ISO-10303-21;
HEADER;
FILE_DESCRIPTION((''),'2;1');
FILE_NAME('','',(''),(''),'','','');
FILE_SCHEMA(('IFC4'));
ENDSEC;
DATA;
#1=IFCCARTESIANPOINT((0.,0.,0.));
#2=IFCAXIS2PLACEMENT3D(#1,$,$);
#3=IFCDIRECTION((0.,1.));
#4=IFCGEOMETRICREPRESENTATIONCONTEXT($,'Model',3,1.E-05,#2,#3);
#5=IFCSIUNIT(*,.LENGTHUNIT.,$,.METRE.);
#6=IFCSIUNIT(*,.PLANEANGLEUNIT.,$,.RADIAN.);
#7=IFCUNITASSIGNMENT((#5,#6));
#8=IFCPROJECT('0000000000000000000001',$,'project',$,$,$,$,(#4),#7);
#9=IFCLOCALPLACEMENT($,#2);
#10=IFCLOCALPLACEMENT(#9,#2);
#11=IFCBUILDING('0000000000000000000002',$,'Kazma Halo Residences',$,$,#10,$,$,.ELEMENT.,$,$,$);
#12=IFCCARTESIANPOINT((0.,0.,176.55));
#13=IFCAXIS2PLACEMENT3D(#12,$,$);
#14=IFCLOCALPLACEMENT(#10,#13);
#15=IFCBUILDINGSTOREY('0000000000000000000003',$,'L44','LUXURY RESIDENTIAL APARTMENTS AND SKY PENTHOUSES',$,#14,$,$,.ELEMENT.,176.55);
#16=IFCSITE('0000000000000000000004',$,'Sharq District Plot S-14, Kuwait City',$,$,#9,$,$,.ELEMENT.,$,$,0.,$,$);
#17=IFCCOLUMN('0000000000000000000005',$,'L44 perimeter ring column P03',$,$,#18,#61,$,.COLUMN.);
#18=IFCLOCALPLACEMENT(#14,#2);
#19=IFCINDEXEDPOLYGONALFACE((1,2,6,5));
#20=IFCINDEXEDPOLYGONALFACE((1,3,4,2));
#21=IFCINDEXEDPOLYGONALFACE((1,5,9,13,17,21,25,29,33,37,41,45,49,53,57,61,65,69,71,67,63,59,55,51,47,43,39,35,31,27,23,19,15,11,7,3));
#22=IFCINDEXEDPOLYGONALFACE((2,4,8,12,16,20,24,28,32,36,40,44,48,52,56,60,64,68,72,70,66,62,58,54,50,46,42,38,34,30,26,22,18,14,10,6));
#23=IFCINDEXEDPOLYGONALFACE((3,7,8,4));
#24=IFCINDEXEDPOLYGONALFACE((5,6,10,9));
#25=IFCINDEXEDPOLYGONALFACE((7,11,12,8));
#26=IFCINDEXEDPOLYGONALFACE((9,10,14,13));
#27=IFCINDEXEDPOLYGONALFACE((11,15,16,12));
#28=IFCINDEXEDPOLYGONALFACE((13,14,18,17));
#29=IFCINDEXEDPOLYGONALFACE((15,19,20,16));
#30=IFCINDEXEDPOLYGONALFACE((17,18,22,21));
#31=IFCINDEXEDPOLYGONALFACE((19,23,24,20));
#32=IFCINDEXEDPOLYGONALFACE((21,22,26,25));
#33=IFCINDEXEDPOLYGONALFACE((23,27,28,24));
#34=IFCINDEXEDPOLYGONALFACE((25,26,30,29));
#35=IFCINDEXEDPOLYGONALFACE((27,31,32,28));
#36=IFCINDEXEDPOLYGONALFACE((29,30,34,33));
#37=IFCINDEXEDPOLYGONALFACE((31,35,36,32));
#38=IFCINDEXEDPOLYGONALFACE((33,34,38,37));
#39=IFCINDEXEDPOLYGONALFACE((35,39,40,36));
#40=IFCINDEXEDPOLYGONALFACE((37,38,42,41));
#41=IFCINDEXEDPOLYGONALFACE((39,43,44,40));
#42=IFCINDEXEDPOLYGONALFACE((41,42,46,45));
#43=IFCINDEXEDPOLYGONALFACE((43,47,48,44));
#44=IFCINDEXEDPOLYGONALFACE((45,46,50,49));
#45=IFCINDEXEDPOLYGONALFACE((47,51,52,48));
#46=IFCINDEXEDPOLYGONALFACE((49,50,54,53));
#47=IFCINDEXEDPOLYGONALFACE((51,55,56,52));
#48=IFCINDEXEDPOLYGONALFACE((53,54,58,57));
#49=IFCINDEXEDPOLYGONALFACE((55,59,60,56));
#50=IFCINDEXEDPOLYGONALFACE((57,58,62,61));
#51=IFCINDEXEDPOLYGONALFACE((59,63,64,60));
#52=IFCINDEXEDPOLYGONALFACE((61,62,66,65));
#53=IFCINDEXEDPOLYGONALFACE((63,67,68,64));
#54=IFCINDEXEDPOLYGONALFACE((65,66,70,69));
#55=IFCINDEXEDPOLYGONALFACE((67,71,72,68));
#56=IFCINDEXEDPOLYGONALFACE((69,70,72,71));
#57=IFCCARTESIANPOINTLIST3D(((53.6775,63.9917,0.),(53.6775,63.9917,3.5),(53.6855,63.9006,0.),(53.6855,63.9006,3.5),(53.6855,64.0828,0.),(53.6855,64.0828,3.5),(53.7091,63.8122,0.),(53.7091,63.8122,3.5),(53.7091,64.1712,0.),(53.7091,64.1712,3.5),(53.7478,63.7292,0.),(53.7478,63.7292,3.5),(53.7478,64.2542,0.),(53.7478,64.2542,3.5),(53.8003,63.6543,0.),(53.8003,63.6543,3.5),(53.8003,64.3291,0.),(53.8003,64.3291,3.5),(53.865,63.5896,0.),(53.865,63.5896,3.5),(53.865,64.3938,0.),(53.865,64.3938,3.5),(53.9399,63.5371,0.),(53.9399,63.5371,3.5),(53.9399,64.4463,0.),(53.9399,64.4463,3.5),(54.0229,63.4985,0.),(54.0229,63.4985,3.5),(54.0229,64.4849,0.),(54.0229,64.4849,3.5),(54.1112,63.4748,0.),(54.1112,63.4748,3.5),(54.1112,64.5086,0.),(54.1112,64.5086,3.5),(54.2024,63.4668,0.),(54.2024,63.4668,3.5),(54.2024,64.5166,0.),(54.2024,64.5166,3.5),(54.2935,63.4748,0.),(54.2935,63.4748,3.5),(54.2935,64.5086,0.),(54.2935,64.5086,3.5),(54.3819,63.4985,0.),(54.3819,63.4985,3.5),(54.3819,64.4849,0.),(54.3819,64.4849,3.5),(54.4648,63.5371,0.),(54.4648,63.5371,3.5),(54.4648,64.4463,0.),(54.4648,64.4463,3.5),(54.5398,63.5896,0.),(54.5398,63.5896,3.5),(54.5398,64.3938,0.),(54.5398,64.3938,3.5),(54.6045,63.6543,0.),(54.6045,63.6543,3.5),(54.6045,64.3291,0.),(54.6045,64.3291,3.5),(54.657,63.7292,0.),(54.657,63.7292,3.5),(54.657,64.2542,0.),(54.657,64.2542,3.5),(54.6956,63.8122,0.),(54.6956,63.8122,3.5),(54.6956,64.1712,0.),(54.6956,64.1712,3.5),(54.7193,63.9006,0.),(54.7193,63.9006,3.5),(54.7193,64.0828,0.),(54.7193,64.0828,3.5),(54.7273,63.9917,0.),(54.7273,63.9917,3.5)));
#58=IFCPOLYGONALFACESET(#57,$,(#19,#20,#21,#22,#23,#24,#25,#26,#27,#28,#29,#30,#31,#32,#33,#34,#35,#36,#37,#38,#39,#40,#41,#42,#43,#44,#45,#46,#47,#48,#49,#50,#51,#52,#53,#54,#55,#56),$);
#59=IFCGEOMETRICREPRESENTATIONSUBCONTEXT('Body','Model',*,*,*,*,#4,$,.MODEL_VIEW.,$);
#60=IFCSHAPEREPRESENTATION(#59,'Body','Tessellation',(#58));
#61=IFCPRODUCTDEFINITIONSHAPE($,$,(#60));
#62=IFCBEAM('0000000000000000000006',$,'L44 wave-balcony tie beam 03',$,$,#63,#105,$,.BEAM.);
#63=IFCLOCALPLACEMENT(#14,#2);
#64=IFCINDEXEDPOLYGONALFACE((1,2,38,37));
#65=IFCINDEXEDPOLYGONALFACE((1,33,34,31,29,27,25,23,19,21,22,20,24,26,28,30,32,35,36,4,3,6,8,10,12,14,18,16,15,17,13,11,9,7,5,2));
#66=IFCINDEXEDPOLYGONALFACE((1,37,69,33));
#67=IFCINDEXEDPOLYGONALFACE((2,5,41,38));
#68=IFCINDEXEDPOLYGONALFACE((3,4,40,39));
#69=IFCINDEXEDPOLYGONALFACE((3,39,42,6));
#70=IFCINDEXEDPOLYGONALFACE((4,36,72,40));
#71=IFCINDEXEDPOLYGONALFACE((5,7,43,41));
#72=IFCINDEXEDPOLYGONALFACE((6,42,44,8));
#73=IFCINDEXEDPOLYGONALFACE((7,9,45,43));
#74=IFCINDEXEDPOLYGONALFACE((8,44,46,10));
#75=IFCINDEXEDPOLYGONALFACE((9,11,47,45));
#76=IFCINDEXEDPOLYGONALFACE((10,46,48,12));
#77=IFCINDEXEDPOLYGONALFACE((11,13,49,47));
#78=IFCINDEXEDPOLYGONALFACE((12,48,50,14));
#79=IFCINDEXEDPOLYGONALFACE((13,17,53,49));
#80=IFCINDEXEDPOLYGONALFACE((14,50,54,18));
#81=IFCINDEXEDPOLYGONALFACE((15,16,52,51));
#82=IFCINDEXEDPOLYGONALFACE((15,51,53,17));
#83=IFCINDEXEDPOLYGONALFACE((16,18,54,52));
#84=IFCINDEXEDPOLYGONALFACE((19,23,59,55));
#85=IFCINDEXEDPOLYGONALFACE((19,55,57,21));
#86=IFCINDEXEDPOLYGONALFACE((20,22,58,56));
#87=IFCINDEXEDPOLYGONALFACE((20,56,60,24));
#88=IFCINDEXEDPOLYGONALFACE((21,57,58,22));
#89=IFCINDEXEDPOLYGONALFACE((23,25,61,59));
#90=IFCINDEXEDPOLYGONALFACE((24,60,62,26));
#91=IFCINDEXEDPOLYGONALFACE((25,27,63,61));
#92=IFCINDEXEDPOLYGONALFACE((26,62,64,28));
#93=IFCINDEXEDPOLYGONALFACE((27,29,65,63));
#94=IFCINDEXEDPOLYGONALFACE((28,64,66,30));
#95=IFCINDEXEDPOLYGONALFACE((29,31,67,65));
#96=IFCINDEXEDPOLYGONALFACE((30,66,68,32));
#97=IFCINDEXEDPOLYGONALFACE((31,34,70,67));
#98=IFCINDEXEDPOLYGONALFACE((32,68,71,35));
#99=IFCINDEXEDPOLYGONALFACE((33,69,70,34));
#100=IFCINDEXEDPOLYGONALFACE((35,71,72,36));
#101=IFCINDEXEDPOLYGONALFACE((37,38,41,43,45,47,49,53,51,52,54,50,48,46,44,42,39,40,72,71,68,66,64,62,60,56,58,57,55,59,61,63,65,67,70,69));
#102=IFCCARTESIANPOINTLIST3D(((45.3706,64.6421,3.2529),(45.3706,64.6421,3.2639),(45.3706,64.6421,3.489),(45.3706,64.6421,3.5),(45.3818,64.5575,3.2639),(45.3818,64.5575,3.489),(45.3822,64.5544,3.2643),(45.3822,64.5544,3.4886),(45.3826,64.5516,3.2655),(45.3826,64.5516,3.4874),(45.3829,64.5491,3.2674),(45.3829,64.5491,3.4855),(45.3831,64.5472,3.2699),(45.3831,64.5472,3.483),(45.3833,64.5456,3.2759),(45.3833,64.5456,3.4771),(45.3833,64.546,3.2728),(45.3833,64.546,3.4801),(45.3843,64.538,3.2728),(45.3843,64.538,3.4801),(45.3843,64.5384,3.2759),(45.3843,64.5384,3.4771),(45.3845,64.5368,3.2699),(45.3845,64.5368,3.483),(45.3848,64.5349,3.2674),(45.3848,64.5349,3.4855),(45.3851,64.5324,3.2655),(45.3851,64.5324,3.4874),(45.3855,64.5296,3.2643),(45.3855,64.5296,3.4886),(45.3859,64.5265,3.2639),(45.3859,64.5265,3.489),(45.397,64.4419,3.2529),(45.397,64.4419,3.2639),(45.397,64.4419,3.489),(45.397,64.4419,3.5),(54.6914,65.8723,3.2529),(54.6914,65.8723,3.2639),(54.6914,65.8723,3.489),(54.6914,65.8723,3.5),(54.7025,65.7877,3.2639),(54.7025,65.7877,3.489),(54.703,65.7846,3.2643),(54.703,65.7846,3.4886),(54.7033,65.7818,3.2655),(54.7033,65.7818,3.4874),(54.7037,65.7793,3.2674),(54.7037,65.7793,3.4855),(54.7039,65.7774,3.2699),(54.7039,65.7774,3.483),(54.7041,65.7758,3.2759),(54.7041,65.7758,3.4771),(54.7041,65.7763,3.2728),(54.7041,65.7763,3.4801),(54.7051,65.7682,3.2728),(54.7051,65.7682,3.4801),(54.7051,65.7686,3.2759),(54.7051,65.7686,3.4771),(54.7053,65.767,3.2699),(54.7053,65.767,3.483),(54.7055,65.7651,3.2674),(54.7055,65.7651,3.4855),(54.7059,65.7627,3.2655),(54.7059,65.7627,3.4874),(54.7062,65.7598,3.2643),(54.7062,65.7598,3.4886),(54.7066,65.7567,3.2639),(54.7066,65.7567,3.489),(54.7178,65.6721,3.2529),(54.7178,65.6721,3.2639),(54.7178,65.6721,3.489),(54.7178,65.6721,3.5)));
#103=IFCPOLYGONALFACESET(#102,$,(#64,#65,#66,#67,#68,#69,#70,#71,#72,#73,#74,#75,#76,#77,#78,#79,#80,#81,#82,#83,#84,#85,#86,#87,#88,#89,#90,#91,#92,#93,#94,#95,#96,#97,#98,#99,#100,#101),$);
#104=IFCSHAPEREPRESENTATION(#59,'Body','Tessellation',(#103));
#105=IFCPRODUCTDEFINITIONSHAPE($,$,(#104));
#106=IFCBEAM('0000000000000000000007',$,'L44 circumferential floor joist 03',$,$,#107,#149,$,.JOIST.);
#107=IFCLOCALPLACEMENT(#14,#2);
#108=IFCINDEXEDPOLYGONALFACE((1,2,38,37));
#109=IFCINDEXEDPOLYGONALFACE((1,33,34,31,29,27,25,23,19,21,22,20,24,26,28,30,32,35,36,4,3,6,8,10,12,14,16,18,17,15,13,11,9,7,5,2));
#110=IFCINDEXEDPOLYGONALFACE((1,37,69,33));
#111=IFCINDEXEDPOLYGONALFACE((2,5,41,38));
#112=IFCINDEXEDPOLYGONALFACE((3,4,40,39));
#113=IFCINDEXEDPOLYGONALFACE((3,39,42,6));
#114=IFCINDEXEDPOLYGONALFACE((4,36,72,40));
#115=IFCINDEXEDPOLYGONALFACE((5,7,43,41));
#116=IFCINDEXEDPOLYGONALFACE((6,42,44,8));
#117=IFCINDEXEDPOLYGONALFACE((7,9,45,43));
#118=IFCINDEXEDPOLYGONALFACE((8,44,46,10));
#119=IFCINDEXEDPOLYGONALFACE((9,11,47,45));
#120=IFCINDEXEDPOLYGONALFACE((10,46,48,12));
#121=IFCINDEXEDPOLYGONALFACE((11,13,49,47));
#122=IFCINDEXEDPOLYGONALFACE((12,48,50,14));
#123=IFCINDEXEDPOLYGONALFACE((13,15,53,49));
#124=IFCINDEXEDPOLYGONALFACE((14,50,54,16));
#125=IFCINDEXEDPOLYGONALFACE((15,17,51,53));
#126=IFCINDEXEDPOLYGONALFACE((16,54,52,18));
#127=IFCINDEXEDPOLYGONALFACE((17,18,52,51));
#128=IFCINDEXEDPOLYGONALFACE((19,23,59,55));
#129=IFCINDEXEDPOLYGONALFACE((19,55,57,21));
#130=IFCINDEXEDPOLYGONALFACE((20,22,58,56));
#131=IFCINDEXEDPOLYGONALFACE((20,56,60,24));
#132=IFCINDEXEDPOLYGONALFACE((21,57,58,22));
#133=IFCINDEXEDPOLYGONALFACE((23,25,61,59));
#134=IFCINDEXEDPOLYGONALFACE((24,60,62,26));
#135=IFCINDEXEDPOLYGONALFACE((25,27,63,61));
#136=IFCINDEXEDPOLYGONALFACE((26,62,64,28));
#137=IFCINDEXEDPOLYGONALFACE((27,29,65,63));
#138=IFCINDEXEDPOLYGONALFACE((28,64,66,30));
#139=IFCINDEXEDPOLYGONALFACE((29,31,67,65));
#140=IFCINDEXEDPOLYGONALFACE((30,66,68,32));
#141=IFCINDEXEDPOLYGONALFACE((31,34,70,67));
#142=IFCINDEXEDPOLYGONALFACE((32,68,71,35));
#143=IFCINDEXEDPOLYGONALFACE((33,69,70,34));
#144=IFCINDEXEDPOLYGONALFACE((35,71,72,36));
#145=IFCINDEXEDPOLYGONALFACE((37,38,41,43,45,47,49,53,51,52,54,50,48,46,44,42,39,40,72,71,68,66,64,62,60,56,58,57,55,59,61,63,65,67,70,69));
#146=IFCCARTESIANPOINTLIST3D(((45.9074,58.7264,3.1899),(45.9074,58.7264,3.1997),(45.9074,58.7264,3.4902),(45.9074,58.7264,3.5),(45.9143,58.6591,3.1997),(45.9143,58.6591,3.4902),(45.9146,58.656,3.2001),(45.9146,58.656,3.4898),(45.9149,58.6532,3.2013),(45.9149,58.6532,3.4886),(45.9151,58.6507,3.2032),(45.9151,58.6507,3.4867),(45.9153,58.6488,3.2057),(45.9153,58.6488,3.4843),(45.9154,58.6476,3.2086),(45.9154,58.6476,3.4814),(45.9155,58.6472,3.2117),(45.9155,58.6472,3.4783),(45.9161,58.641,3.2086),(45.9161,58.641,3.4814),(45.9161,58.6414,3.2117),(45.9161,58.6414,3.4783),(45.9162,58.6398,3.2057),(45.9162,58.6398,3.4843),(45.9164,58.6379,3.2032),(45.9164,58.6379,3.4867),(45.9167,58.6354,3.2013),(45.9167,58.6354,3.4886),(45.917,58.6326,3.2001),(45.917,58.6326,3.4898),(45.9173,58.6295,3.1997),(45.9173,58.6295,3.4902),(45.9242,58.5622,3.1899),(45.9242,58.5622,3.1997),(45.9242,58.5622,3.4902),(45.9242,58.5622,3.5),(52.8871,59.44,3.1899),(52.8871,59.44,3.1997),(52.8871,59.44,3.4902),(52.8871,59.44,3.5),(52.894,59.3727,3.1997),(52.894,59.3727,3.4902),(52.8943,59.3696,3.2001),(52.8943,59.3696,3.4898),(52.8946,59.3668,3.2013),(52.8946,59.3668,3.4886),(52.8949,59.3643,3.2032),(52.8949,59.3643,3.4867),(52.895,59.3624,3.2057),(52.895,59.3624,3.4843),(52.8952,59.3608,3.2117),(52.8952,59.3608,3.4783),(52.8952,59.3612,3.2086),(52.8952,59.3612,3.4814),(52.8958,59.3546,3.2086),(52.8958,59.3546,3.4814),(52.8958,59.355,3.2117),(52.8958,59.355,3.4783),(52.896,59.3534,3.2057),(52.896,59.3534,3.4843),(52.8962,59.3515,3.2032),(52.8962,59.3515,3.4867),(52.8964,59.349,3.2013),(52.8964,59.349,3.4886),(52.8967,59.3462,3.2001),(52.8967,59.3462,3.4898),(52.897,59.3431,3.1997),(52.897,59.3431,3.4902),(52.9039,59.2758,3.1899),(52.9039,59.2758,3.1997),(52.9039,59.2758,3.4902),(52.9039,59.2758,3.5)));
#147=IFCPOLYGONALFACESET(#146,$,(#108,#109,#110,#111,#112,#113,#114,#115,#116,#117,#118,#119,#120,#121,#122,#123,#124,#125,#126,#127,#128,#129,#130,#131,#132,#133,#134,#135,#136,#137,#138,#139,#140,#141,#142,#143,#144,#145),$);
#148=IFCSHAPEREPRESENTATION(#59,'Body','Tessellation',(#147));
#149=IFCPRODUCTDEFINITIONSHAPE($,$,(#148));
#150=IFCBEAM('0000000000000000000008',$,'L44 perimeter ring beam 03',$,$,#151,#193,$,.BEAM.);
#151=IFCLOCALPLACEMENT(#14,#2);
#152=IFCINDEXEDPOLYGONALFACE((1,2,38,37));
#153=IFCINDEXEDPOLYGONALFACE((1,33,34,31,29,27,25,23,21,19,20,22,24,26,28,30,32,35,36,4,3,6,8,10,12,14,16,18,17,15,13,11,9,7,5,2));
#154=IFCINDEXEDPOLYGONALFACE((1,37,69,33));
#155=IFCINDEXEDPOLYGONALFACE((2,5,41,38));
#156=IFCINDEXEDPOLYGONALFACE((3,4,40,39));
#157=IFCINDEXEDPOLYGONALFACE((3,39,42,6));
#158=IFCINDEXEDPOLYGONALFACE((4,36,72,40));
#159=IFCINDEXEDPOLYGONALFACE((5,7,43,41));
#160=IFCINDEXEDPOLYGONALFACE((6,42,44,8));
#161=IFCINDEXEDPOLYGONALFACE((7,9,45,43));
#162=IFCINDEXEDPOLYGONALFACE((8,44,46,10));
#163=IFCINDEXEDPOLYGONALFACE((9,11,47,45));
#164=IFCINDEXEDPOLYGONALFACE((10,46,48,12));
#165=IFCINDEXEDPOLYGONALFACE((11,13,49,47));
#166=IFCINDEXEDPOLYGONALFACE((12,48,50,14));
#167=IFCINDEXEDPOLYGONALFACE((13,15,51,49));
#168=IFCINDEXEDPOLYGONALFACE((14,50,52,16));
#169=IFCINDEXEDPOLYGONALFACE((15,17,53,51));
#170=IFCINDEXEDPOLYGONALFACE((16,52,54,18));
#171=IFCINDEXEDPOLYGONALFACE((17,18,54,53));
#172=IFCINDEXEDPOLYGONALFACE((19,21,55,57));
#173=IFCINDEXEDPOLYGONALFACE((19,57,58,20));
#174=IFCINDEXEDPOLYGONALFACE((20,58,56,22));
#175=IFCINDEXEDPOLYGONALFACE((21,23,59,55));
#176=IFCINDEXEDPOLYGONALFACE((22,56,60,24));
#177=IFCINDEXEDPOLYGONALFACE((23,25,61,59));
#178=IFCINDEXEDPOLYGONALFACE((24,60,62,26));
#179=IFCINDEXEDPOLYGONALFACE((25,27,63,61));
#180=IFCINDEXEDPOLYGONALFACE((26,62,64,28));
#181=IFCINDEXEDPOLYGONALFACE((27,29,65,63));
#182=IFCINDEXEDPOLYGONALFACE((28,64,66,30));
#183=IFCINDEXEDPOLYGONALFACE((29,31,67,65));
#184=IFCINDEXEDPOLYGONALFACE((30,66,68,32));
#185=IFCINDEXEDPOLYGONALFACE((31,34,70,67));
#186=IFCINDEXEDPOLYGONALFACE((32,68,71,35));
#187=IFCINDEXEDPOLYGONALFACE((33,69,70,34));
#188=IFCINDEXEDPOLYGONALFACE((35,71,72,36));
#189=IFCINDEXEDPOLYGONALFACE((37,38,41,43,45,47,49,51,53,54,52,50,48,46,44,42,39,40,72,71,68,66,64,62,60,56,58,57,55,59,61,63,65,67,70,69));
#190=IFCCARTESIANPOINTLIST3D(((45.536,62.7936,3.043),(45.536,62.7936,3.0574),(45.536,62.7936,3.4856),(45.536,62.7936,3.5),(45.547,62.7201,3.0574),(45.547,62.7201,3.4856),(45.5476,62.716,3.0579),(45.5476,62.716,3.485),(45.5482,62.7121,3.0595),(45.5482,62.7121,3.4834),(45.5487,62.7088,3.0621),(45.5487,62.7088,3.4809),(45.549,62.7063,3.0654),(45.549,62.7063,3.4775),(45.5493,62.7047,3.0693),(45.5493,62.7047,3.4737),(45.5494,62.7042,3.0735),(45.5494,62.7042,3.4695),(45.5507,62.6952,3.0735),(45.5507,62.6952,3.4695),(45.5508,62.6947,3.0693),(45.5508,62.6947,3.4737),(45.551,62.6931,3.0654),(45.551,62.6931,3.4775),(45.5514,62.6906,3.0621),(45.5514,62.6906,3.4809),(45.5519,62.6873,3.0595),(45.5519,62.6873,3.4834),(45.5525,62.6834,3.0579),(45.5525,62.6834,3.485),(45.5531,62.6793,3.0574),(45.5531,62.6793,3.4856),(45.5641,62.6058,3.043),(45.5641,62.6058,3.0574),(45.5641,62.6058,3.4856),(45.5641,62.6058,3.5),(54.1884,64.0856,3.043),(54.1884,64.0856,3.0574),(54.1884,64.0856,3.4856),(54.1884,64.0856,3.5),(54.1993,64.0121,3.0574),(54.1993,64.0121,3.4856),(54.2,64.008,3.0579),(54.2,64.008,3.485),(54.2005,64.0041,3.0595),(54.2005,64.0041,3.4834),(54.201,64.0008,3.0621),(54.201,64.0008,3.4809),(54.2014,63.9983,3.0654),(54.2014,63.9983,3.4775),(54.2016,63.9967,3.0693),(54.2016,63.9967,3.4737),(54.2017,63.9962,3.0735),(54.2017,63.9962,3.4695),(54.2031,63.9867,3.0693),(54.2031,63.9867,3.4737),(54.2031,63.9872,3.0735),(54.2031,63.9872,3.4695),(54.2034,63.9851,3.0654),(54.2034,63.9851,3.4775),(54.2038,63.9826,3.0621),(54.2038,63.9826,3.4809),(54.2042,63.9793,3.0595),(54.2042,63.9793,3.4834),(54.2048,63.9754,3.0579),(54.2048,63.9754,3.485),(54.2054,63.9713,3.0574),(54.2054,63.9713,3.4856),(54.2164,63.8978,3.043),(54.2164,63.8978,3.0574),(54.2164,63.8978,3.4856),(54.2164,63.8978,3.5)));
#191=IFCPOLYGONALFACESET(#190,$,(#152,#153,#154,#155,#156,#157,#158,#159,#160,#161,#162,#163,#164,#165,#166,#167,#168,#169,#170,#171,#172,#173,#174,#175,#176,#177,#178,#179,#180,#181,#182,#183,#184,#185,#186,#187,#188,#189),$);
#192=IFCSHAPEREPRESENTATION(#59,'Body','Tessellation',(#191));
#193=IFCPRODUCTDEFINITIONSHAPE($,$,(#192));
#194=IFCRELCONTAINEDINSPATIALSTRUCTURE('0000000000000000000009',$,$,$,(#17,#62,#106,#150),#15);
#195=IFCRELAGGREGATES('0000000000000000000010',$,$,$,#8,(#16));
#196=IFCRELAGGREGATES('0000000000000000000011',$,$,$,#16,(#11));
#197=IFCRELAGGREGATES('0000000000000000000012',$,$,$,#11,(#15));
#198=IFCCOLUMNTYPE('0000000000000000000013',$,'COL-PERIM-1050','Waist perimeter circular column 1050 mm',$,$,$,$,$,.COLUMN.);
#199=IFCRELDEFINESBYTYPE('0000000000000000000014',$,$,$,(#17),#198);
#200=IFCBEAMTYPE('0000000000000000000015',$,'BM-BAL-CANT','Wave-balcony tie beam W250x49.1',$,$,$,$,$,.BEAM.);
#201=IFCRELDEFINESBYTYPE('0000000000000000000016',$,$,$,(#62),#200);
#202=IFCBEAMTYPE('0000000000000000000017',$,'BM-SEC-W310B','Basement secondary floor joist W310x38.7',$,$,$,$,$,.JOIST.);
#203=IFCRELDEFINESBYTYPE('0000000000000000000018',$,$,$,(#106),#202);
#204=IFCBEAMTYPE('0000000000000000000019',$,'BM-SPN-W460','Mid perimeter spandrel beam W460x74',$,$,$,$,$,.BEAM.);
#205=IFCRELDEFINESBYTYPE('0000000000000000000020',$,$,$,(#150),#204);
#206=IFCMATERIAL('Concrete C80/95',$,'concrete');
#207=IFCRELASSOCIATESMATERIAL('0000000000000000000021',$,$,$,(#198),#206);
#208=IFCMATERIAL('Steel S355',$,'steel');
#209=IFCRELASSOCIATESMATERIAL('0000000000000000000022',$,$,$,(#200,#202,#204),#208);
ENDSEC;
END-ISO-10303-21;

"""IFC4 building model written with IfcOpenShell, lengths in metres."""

from ifc_helpers import new_model, si_unit, direction, frame, origin, origin_2d, place, context, subcontext, project, spatial, circle, i_section, extrude, material, material_profile, profile_set, type_object, element, save


model = new_model("IFC4")

# Units and contexts
model_context = context("Model", 3, precision=1e-05, world=origin(), true_north=direction((0.0, 1.0)))
body_context = subcontext(model_context, "Body", "Model", "MODEL_VIEW")
ifc_project = project(units=[si_unit("LENGTHUNIT", "METRE"), si_unit("PLANEANGLEUNIT", "RADIAN")], contexts=[model_context])

# Site, building, storey
site_placement = place(None, origin())
site = spatial("IfcSite", under=ifc_project, at=site_placement, Name="Sharq District Plot S-14, Kuwait City", CompositionType="ELEMENT", RefElevation=0.0)
building_placement = place(site_placement, origin())
building = spatial("IfcBuilding", under=site, at=building_placement, Name="Kazma Halo Residences", CompositionType="ELEMENT")
storey_placement = place(building_placement, frame((0.0, 0.0, 176.55)))
storey = spatial("IfcBuildingStorey", under=building, at=storey_placement, Name="L44", Description="LUXURY RESIDENTIAL APARTMENTS AND SKY PENTHOUSES", CompositionType="ELEMENT", Elevation=176.55)

# Column
ifc_material_1 = material(Name="Concrete C80/95", Category="concrete")
ifc_material_profile_1 = material_profile(ifc_material_1, circle(Radius=0.5249, at=origin_2d()), Name="CIRC1050")
ifc_profile_set_1 = profile_set([ifc_material_profile_1], Name="Concrete C80/95")
column_type = type_object("IfcColumnType", Name="COL-PERIM-1050", Description="Waist perimeter circular column 1050 mm", PredefinedType="COLUMN", material=ifc_profile_set_1)
column_placement = place(storey_placement, frame((54.2024, 63.9917, 0.0), z_axis=(0.0, 0.0, 1.0), x_axis=(1.0, 0.0, 0.0)))
element("IfcColumn", 1, at=column_placement, inside=storey, type_object=column_type, Name="L44 perimeter ring column P03", PredefinedType="COLUMN", context=body_context, shape_type="SweptSolid", body=[
    extrude(circle(Radius=0.5249, at=origin_2d()), origin(), (0.0, 0.0, 1.0), 3.5),
])

# Beams
ifc_material_2 = material(Name="Steel S355", Category="steel")
ifc_material_profile_2 = material_profile(ifc_material_2, i_section(OverallWidth=0.2019, OverallDepth=0.2471, WebThickness=0.0073, FlangeThickness=0.011, FilletRadius=0.012, at=origin_2d()), Name="W250x49.1")
ifc_profile_set_2 = profile_set([ifc_material_profile_2], Name="Steel S355")
beam_type_1 = type_object("IfcBeamType", Name="BM-BAL-CANT", Description="Wave-balcony tie beam W250x49.1", PredefinedType="BEAM", material=ifc_profile_set_2)
beam_1_placement = place(storey_placement, frame((54.7046, 65.7722, 3.3765), z_axis=(-0.991402, -0.130852, 0.0), x_axis=(0.130852, -0.991402, 0.0)))
element("IfcBeam", 2, at=beam_1_placement, inside=storey, type_object=beam_type_1, Name="L44 wave-balcony tie beam 03", PredefinedType="BEAM", context=body_context, shape_type="SweptSolid", body=[
    extrude(i_section(OverallWidth=0.2019, OverallDepth=0.2471, WebThickness=0.0073, FlangeThickness=0.011, FilletRadius=0.012, at=origin_2d()), origin(), (0.0, 0.0, 1.0), 9.4016),
])
ifc_material_profile_3 = material_profile(ifc_material_2, i_section(OverallWidth=0.165, OverallDepth=0.3101, WebThickness=0.0059, FlangeThickness=0.0098, FilletRadius=0.012, at=origin_2d()), Name="W310x38.7")
ifc_profile_set_3 = profile_set([ifc_material_profile_3], Name="Steel S355")
beam_type_2 = type_object("IfcBeamType", Name="BM-SEC-W310B", Description="Basement secondary floor joist W310x38.7", PredefinedType="JOIST", material=ifc_profile_set_3)
beam_2_placement = place(storey_placement, frame((52.8955, 59.3579, 3.345), z_axis=(-0.994814, -0.101712, 0.0), x_axis=(0.101712, -0.994814, 0.0)))
element("IfcBeam", 3, at=beam_2_placement, inside=storey, type_object=beam_type_2, Name="L44 circumferential floor joist 03", PredefinedType="JOIST", context=body_context, shape_type="SweptSolid", body=[
    extrude(i_section(OverallWidth=0.165, OverallDepth=0.3101, WebThickness=0.0059, FlangeThickness=0.0098, FilletRadius=0.012, at=origin_2d()), origin(), (0.0, 0.0, 1.0), 7.0161),
])
ifc_material_profile_4 = material_profile(ifc_material_2, i_section(OverallWidth=0.1899, OverallDepth=0.457, WebThickness=0.009, FlangeThickness=0.0144, FilletRadius=0.0161, at=origin_2d()), Name="W460x74")
ifc_profile_set_4 = profile_set([ifc_material_profile_4], Name="Steel S355")
beam_type_3 = type_object("IfcBeamType", Name="BM-SPN-W460", Description="Mid perimeter spandrel beam W460x74", PredefinedType="BEAM", material=ifc_profile_set_4)
beam_3_placement = place(storey_placement, frame((54.2024, 63.9917, 3.2715), z_axis=(-0.989034, -0.147685, 0.0), x_axis=(0.147685, -0.989034, 0.0)))
element("IfcBeam", 4, at=beam_3_placement, inside=storey, type_object=beam_type_3, Name="L44 perimeter ring beam 03", PredefinedType="BEAM", context=body_context, shape_type="SweptSolid", body=[
    extrude(i_section(OverallWidth=0.1899, OverallDepth=0.457, WebThickness=0.009, FlangeThickness=0.0144, FilletRadius=0.0161, at=origin_2d()), origin(), (0.0, 0.0, 1.0), 8.7483),
])

save(model, "model.ifc")
